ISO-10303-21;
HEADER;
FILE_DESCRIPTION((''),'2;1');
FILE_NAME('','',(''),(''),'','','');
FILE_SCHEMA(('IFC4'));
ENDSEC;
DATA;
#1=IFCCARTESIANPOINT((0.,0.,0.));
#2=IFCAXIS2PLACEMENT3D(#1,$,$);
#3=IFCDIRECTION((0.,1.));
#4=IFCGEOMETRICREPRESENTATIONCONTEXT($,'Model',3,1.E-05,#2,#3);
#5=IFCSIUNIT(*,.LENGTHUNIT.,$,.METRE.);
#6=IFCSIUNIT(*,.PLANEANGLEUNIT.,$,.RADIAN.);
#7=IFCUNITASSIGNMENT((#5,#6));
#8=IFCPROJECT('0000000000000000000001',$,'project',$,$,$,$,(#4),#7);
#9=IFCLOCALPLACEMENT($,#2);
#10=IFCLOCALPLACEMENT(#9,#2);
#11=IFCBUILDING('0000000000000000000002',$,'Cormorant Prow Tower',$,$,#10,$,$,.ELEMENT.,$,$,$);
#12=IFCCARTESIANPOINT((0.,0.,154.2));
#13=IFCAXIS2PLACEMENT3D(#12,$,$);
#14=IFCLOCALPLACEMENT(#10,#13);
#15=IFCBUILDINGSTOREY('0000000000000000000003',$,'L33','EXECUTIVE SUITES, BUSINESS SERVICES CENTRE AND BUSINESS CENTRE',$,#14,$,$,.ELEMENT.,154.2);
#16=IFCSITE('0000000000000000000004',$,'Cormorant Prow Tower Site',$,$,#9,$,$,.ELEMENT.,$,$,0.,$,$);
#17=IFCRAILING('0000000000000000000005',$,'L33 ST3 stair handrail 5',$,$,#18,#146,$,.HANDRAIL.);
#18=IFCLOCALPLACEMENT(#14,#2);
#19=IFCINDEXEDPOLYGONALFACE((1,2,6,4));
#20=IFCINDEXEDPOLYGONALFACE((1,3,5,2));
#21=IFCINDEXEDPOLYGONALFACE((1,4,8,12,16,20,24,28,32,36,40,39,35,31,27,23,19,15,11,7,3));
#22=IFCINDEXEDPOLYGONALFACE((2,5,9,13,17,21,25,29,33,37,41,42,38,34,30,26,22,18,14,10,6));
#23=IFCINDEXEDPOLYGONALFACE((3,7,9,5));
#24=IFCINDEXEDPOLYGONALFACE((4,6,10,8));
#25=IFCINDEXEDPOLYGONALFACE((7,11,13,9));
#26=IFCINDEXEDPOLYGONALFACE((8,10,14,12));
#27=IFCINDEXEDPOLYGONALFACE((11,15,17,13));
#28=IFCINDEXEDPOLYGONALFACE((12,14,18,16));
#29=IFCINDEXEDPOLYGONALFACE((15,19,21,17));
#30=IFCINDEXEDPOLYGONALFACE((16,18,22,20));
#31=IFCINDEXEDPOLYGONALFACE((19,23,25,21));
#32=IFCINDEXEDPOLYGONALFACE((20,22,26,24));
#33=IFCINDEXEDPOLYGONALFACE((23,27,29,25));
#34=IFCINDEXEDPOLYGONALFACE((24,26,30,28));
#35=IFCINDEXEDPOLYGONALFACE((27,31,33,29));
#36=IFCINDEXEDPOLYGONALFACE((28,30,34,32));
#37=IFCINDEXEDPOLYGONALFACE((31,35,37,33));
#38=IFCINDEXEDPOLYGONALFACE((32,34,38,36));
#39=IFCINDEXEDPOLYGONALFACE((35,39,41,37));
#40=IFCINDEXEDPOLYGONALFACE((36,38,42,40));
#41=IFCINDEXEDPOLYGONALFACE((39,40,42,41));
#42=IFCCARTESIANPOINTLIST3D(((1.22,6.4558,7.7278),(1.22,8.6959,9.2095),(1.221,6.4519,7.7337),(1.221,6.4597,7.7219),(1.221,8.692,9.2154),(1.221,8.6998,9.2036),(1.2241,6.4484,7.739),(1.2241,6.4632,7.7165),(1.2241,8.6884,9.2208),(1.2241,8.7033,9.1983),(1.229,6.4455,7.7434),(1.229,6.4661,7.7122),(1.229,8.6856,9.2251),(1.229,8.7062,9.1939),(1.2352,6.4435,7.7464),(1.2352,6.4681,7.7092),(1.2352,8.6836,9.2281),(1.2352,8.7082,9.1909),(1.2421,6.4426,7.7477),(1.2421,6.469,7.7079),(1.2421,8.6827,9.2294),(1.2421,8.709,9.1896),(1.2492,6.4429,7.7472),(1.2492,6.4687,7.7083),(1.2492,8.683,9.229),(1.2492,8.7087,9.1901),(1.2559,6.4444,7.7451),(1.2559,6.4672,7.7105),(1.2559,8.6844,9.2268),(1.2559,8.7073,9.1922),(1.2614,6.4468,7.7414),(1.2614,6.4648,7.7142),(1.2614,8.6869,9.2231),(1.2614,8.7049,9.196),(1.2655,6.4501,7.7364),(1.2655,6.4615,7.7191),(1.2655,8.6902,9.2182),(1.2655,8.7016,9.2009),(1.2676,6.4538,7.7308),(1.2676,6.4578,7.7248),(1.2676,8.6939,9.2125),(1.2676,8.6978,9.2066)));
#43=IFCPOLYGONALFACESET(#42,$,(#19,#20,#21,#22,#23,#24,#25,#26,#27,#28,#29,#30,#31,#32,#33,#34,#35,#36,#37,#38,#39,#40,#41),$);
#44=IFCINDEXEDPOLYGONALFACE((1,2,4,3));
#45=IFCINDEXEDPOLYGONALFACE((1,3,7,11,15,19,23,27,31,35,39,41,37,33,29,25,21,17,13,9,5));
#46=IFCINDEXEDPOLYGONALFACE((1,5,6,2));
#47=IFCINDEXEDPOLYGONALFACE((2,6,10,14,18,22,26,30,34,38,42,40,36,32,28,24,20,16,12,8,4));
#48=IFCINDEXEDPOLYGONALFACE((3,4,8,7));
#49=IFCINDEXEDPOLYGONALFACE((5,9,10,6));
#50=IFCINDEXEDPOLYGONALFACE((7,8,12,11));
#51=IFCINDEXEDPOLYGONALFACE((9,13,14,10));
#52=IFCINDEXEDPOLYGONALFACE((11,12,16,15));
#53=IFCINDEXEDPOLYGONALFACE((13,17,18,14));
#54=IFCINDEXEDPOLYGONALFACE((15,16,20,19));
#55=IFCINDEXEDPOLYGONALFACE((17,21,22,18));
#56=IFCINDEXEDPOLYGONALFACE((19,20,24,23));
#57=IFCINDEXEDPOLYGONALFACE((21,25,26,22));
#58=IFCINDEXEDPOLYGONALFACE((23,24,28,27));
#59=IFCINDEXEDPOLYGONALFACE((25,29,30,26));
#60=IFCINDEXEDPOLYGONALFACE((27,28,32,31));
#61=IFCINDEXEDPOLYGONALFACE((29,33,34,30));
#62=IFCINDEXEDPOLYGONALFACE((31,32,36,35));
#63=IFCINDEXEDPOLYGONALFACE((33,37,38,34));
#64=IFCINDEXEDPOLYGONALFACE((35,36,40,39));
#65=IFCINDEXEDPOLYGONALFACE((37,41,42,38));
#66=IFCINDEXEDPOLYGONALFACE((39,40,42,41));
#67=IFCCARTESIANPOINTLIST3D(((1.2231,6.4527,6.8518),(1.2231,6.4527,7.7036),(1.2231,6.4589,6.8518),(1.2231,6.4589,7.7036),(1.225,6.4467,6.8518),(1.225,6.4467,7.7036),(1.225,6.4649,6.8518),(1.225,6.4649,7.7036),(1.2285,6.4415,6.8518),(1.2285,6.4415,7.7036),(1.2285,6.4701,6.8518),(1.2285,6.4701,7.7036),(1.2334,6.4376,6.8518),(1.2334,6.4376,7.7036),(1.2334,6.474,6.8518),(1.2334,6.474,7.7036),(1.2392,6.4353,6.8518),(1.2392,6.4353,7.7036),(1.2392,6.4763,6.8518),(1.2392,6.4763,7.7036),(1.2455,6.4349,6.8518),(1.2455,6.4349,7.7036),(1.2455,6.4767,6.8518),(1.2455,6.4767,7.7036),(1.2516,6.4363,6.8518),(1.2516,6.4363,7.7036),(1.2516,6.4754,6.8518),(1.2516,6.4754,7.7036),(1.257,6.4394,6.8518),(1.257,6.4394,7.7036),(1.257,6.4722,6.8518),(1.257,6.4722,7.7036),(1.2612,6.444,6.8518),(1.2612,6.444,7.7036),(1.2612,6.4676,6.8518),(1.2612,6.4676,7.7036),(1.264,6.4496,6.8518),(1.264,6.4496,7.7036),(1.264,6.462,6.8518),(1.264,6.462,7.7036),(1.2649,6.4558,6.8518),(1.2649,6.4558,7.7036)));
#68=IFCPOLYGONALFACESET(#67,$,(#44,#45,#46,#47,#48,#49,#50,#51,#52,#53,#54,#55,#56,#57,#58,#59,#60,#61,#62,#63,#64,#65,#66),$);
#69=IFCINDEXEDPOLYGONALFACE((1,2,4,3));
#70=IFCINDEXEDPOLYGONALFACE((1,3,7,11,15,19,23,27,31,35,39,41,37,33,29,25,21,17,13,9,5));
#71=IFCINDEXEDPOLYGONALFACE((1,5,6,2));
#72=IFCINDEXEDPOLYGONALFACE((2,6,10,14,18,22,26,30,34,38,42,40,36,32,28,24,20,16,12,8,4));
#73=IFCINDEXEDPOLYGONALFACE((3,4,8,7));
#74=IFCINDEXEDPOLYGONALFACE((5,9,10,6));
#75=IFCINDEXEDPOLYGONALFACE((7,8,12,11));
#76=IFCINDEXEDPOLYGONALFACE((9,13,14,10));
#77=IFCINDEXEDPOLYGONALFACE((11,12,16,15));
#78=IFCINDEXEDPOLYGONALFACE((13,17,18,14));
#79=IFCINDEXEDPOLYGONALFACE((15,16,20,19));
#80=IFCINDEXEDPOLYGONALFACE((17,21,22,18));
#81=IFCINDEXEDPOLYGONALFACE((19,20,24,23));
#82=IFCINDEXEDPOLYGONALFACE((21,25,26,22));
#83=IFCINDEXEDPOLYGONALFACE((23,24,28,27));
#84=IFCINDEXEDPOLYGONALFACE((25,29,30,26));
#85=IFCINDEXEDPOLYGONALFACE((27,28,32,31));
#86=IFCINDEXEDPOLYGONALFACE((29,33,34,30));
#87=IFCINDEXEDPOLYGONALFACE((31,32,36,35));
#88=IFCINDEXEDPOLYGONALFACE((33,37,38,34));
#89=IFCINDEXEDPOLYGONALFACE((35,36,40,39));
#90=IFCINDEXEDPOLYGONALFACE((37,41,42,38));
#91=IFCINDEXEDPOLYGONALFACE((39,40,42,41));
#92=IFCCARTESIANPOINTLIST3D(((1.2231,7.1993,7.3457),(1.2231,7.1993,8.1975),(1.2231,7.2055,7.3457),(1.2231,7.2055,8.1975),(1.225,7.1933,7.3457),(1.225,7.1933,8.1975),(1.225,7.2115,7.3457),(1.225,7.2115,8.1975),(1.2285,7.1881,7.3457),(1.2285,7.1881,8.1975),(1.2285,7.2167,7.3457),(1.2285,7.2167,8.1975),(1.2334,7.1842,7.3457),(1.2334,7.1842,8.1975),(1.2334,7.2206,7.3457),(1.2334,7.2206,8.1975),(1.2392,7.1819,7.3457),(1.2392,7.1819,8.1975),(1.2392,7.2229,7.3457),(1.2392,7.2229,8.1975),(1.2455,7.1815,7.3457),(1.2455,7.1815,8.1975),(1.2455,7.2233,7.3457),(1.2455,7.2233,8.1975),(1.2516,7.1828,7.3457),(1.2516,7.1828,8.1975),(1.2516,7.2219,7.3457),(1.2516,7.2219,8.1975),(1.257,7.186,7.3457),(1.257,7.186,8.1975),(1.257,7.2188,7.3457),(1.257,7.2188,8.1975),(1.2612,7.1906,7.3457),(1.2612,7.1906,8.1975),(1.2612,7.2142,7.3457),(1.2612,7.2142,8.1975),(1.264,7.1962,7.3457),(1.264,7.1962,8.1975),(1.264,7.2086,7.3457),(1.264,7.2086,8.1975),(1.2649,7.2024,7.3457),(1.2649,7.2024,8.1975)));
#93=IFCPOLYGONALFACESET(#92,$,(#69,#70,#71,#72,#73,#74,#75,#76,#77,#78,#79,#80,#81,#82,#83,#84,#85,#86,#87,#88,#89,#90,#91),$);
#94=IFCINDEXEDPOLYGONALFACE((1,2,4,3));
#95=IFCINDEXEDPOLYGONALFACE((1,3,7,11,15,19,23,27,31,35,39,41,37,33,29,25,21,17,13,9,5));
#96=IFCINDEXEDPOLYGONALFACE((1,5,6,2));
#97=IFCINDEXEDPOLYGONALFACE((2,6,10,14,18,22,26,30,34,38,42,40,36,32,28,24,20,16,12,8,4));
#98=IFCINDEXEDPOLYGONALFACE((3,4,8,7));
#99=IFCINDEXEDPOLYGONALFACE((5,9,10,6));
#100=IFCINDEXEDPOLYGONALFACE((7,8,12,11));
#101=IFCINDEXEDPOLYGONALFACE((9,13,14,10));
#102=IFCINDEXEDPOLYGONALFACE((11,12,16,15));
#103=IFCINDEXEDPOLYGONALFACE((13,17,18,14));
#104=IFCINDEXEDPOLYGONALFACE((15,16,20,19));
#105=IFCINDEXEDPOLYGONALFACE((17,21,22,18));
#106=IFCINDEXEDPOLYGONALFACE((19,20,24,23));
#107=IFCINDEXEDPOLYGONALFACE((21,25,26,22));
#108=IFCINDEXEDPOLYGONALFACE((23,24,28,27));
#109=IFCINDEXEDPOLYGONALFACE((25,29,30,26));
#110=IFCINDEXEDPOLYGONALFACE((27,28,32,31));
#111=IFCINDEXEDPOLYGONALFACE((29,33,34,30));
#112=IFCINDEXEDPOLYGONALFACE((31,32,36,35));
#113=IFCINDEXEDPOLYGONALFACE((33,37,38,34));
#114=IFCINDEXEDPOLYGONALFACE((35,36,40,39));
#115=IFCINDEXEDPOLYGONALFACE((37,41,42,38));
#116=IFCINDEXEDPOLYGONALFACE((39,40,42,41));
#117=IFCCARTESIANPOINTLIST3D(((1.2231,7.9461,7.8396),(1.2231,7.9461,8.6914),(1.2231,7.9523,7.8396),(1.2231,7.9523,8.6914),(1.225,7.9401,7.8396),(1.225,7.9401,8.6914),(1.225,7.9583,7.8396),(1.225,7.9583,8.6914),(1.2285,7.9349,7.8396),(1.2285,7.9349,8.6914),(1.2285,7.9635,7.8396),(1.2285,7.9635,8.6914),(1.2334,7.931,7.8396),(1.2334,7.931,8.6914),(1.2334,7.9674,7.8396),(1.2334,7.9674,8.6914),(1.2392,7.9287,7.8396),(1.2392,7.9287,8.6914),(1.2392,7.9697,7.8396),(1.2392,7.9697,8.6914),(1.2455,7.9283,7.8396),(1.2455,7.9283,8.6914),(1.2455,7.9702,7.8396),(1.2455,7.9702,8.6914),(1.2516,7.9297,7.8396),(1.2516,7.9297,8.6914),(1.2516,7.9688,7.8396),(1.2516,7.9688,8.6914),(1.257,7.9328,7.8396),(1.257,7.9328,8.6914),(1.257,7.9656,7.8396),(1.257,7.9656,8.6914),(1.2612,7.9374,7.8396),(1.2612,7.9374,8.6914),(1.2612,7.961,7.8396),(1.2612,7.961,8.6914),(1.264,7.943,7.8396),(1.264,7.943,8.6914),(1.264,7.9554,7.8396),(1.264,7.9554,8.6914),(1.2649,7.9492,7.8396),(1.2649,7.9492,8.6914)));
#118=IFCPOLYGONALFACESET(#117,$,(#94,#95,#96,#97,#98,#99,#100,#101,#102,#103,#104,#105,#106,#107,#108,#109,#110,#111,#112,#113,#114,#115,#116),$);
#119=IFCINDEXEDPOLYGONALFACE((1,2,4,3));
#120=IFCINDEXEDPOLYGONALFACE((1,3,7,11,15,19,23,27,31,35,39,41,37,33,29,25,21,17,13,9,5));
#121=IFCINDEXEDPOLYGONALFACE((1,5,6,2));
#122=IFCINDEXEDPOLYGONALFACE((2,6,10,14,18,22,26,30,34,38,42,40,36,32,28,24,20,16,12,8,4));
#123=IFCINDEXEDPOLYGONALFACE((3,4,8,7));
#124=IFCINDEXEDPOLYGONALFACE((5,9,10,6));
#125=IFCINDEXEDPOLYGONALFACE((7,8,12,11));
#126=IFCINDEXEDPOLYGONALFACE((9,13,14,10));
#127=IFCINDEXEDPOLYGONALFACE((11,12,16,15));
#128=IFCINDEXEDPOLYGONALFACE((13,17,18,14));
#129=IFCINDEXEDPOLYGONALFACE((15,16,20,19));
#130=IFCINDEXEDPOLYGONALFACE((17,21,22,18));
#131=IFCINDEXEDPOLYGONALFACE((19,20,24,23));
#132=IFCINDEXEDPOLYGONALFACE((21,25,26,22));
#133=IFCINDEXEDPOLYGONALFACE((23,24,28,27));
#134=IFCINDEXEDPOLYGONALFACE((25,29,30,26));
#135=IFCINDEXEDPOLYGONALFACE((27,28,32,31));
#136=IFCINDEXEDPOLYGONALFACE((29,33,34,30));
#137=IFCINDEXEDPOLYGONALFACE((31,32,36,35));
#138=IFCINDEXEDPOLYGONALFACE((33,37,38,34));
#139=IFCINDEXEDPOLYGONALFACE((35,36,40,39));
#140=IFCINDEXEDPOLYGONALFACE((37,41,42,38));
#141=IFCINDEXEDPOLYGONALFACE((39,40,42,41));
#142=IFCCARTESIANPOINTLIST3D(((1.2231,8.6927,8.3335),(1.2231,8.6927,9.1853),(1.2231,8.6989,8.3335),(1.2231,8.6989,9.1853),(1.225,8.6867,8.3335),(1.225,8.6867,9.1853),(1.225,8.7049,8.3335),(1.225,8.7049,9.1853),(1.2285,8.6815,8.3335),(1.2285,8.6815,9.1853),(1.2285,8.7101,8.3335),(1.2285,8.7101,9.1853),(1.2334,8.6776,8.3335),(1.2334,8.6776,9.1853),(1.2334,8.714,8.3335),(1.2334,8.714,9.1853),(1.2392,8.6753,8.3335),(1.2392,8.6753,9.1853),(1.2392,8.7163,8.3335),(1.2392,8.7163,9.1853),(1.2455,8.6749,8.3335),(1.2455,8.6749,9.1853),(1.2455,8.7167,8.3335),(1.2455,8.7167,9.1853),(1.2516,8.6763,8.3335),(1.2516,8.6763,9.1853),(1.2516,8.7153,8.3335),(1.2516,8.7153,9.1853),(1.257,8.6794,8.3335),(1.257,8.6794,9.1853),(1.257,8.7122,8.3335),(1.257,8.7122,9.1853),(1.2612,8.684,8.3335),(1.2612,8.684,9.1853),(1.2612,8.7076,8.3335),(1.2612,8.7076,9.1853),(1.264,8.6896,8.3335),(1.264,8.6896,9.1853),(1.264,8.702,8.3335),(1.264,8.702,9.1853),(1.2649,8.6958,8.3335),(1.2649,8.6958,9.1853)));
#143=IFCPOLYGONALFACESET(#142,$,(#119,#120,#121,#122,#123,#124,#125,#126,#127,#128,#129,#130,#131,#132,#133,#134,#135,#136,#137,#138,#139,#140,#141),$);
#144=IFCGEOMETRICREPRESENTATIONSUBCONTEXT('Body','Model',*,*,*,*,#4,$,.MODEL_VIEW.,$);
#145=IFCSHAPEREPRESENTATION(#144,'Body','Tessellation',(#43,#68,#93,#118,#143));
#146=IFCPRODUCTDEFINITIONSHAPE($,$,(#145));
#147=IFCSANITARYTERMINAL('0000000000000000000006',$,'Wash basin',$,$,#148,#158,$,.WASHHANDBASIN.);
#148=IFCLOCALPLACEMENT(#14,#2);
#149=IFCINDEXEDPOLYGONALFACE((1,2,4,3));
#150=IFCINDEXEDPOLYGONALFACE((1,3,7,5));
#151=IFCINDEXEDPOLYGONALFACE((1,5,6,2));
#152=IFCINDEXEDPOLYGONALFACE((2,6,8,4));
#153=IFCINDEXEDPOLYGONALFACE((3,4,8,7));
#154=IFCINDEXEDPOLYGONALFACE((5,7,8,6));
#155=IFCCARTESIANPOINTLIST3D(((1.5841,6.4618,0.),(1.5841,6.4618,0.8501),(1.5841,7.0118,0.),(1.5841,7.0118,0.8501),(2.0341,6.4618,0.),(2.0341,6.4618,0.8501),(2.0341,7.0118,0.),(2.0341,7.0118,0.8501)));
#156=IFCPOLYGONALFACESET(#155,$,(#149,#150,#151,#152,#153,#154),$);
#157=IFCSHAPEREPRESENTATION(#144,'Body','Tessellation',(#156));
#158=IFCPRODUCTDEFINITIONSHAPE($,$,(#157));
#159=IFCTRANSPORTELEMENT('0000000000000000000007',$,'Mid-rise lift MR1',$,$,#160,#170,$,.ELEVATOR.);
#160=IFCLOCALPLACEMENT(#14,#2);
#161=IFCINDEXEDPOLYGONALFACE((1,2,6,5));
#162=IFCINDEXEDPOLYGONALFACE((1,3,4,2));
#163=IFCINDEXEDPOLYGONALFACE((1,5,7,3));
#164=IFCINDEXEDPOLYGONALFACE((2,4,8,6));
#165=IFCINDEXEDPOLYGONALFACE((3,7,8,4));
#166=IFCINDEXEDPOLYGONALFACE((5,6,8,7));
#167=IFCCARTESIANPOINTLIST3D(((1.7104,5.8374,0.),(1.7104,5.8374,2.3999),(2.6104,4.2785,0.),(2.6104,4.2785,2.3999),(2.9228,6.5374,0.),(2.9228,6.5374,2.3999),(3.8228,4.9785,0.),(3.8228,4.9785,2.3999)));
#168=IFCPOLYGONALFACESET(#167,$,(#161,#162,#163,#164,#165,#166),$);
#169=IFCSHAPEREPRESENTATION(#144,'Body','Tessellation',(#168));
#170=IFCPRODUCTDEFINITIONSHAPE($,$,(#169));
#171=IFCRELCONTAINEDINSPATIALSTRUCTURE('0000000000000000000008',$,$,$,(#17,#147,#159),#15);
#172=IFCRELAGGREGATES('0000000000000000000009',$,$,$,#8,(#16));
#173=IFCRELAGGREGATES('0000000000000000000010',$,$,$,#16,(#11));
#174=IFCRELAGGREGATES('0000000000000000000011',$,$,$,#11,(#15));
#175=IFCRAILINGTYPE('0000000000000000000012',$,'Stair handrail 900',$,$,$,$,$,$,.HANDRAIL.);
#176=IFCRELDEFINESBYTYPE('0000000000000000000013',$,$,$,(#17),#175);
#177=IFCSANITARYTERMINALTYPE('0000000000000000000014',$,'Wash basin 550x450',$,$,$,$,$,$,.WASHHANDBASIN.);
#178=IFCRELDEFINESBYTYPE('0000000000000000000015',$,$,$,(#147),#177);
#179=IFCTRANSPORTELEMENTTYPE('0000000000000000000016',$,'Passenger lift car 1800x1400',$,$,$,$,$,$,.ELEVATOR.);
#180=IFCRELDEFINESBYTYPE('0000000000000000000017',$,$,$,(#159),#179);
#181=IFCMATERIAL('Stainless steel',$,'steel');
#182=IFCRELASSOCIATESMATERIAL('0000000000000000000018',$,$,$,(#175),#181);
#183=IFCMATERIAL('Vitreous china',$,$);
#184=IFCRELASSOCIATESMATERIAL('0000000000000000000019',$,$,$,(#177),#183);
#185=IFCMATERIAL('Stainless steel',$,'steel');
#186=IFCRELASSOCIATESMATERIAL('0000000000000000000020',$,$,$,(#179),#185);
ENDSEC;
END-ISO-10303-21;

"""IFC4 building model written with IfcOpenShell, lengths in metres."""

from ifc_helpers import new_model, si_unit, direction, frame, origin, origin_2d, place, context, subcontext, project, spatial, rectangle, circle, extrude, material, type_object, element, save


model = new_model("IFC4")

# Units and contexts
model_context = context("Model", 3, precision=1e-05, world=origin(), true_north=direction((0.0, 1.0)))
body_context = subcontext(model_context, "Body", "Model", "MODEL_VIEW")
ifc_project = project(units=[si_unit("LENGTHUNIT", "METRE"), si_unit("PLANEANGLEUNIT", "RADIAN")], contexts=[model_context])

# Site, building, storey
site_placement = place(None, origin())
site = spatial("IfcSite", under=ifc_project, at=site_placement, Name="Cormorant Prow Tower Site", CompositionType="ELEMENT", RefElevation=0.0)
building_placement = place(site_placement, origin())
building = spatial("IfcBuilding", under=site, at=building_placement, Name="Cormorant Prow Tower", CompositionType="ELEMENT")
storey_placement = place(building_placement, frame((0.0, 0.0, 154.2)))
storey = spatial("IfcBuildingStorey", under=building, at=storey_placement, Name="L33", Description="EXECUTIVE SUITES, BUSINESS SERVICES CENTRE AND BUSINESS CENTRE", CompositionType="ELEMENT", Elevation=154.2)

# Railing
ifc_material_1 = material(Name="Stainless steel", Category="steel")
railing_type_1 = type_object("IfcRailingType", Name="Stair handrail 900", PredefinedType="HANDRAIL", material=ifc_material_1)
railing_1_placement = place(storey_placement, frame((1.2439, 6.4558, 6.8518)))
element("IfcRailing", 1, at=railing_1_placement, inside=storey, type_object=railing_type_1, Name="L33 ST3 stair handrail 5", PredefinedType="HANDRAIL", context=body_context, shape_type="SweptSolid", body=[
    extrude(circle(Radius=0.0239, at=origin_2d()), frame((0.0, 0.0, 0.876), z_axis=(0.0, 0.834045, 0.551697), x_axis=(-1.0, 0.0, 0.0)), (0.0, 0.0, 1.0), 2.6858),
    extrude(circle(Radius=0.021, at=origin_2d()), origin(), (0.0, 0.0, 1.0), 0.8518),
    extrude(circle(Radius=0.021, at=origin_2d()), frame((0.0, 0.7466, 0.4939)), (0.0, 0.0, 1.0), 0.8518),
    extrude(circle(Radius=0.021, at=origin_2d()), frame((0.0, 1.4934, 0.9878)), (0.0, 0.0, 1.0), 0.8518),
    extrude(circle(Radius=0.021, at=origin_2d()), frame((0.0, 2.24, 1.4817)), (0.0, 0.0, 1.0), 0.8518),
])

# Sanitary terminal
ifc_material_2 = material(Name="Vitreous china")
sanitary_terminal_type = type_object("IfcSanitaryTerminalType", Name="Wash basin 550x450", PredefinedType="WASHHANDBASIN", material=ifc_material_2)
sanitary_terminal_placement = place(storey_placement, frame((1.8091, 6.7368, 0.0), z_axis=(0.0, 0.0, 1.0), x_axis=(0.0, -1.0, 0.0)))
element("IfcSanitaryTerminal", 2, at=sanitary_terminal_placement, inside=storey, type_object=sanitary_terminal_type, Name="Wash basin", PredefinedType="WASHHANDBASIN", context=body_context, shape_type="SweptSolid", body=[
    extrude(rectangle(XDim=0.55, YDim=0.45, at=origin_2d()), origin(), (0.0, 0.0, 1.0), 0.8501),
])

# Transport element
ifc_material_3 = material(Name="Stainless steel", Category="steel")
transport_element_type = type_object("IfcTransportElementType", Name="Passenger lift car 1800x1400", PredefinedType="ELEVATOR", material=ifc_material_3)
transport_element_placement = place(storey_placement, frame((2.7666, 5.408, 0.0), z_axis=(0.0, 0.0, 1.0), x_axis=(-0.5, 0.866025, 0.0)))
element("IfcTransportElement", 3, at=transport_element_placement, inside=storey, type_object=transport_element_type, Name="Mid-rise lift MR1", PredefinedType="ELEVATOR", context=body_context, shape_type="SweptSolid", body=[
    extrude(rectangle(XDim=1.8, YDim=1.3999, at=origin_2d()), origin(), (0.0, 0.0, 1.0), 2.3999),
])

save(model, "model.ifc")
